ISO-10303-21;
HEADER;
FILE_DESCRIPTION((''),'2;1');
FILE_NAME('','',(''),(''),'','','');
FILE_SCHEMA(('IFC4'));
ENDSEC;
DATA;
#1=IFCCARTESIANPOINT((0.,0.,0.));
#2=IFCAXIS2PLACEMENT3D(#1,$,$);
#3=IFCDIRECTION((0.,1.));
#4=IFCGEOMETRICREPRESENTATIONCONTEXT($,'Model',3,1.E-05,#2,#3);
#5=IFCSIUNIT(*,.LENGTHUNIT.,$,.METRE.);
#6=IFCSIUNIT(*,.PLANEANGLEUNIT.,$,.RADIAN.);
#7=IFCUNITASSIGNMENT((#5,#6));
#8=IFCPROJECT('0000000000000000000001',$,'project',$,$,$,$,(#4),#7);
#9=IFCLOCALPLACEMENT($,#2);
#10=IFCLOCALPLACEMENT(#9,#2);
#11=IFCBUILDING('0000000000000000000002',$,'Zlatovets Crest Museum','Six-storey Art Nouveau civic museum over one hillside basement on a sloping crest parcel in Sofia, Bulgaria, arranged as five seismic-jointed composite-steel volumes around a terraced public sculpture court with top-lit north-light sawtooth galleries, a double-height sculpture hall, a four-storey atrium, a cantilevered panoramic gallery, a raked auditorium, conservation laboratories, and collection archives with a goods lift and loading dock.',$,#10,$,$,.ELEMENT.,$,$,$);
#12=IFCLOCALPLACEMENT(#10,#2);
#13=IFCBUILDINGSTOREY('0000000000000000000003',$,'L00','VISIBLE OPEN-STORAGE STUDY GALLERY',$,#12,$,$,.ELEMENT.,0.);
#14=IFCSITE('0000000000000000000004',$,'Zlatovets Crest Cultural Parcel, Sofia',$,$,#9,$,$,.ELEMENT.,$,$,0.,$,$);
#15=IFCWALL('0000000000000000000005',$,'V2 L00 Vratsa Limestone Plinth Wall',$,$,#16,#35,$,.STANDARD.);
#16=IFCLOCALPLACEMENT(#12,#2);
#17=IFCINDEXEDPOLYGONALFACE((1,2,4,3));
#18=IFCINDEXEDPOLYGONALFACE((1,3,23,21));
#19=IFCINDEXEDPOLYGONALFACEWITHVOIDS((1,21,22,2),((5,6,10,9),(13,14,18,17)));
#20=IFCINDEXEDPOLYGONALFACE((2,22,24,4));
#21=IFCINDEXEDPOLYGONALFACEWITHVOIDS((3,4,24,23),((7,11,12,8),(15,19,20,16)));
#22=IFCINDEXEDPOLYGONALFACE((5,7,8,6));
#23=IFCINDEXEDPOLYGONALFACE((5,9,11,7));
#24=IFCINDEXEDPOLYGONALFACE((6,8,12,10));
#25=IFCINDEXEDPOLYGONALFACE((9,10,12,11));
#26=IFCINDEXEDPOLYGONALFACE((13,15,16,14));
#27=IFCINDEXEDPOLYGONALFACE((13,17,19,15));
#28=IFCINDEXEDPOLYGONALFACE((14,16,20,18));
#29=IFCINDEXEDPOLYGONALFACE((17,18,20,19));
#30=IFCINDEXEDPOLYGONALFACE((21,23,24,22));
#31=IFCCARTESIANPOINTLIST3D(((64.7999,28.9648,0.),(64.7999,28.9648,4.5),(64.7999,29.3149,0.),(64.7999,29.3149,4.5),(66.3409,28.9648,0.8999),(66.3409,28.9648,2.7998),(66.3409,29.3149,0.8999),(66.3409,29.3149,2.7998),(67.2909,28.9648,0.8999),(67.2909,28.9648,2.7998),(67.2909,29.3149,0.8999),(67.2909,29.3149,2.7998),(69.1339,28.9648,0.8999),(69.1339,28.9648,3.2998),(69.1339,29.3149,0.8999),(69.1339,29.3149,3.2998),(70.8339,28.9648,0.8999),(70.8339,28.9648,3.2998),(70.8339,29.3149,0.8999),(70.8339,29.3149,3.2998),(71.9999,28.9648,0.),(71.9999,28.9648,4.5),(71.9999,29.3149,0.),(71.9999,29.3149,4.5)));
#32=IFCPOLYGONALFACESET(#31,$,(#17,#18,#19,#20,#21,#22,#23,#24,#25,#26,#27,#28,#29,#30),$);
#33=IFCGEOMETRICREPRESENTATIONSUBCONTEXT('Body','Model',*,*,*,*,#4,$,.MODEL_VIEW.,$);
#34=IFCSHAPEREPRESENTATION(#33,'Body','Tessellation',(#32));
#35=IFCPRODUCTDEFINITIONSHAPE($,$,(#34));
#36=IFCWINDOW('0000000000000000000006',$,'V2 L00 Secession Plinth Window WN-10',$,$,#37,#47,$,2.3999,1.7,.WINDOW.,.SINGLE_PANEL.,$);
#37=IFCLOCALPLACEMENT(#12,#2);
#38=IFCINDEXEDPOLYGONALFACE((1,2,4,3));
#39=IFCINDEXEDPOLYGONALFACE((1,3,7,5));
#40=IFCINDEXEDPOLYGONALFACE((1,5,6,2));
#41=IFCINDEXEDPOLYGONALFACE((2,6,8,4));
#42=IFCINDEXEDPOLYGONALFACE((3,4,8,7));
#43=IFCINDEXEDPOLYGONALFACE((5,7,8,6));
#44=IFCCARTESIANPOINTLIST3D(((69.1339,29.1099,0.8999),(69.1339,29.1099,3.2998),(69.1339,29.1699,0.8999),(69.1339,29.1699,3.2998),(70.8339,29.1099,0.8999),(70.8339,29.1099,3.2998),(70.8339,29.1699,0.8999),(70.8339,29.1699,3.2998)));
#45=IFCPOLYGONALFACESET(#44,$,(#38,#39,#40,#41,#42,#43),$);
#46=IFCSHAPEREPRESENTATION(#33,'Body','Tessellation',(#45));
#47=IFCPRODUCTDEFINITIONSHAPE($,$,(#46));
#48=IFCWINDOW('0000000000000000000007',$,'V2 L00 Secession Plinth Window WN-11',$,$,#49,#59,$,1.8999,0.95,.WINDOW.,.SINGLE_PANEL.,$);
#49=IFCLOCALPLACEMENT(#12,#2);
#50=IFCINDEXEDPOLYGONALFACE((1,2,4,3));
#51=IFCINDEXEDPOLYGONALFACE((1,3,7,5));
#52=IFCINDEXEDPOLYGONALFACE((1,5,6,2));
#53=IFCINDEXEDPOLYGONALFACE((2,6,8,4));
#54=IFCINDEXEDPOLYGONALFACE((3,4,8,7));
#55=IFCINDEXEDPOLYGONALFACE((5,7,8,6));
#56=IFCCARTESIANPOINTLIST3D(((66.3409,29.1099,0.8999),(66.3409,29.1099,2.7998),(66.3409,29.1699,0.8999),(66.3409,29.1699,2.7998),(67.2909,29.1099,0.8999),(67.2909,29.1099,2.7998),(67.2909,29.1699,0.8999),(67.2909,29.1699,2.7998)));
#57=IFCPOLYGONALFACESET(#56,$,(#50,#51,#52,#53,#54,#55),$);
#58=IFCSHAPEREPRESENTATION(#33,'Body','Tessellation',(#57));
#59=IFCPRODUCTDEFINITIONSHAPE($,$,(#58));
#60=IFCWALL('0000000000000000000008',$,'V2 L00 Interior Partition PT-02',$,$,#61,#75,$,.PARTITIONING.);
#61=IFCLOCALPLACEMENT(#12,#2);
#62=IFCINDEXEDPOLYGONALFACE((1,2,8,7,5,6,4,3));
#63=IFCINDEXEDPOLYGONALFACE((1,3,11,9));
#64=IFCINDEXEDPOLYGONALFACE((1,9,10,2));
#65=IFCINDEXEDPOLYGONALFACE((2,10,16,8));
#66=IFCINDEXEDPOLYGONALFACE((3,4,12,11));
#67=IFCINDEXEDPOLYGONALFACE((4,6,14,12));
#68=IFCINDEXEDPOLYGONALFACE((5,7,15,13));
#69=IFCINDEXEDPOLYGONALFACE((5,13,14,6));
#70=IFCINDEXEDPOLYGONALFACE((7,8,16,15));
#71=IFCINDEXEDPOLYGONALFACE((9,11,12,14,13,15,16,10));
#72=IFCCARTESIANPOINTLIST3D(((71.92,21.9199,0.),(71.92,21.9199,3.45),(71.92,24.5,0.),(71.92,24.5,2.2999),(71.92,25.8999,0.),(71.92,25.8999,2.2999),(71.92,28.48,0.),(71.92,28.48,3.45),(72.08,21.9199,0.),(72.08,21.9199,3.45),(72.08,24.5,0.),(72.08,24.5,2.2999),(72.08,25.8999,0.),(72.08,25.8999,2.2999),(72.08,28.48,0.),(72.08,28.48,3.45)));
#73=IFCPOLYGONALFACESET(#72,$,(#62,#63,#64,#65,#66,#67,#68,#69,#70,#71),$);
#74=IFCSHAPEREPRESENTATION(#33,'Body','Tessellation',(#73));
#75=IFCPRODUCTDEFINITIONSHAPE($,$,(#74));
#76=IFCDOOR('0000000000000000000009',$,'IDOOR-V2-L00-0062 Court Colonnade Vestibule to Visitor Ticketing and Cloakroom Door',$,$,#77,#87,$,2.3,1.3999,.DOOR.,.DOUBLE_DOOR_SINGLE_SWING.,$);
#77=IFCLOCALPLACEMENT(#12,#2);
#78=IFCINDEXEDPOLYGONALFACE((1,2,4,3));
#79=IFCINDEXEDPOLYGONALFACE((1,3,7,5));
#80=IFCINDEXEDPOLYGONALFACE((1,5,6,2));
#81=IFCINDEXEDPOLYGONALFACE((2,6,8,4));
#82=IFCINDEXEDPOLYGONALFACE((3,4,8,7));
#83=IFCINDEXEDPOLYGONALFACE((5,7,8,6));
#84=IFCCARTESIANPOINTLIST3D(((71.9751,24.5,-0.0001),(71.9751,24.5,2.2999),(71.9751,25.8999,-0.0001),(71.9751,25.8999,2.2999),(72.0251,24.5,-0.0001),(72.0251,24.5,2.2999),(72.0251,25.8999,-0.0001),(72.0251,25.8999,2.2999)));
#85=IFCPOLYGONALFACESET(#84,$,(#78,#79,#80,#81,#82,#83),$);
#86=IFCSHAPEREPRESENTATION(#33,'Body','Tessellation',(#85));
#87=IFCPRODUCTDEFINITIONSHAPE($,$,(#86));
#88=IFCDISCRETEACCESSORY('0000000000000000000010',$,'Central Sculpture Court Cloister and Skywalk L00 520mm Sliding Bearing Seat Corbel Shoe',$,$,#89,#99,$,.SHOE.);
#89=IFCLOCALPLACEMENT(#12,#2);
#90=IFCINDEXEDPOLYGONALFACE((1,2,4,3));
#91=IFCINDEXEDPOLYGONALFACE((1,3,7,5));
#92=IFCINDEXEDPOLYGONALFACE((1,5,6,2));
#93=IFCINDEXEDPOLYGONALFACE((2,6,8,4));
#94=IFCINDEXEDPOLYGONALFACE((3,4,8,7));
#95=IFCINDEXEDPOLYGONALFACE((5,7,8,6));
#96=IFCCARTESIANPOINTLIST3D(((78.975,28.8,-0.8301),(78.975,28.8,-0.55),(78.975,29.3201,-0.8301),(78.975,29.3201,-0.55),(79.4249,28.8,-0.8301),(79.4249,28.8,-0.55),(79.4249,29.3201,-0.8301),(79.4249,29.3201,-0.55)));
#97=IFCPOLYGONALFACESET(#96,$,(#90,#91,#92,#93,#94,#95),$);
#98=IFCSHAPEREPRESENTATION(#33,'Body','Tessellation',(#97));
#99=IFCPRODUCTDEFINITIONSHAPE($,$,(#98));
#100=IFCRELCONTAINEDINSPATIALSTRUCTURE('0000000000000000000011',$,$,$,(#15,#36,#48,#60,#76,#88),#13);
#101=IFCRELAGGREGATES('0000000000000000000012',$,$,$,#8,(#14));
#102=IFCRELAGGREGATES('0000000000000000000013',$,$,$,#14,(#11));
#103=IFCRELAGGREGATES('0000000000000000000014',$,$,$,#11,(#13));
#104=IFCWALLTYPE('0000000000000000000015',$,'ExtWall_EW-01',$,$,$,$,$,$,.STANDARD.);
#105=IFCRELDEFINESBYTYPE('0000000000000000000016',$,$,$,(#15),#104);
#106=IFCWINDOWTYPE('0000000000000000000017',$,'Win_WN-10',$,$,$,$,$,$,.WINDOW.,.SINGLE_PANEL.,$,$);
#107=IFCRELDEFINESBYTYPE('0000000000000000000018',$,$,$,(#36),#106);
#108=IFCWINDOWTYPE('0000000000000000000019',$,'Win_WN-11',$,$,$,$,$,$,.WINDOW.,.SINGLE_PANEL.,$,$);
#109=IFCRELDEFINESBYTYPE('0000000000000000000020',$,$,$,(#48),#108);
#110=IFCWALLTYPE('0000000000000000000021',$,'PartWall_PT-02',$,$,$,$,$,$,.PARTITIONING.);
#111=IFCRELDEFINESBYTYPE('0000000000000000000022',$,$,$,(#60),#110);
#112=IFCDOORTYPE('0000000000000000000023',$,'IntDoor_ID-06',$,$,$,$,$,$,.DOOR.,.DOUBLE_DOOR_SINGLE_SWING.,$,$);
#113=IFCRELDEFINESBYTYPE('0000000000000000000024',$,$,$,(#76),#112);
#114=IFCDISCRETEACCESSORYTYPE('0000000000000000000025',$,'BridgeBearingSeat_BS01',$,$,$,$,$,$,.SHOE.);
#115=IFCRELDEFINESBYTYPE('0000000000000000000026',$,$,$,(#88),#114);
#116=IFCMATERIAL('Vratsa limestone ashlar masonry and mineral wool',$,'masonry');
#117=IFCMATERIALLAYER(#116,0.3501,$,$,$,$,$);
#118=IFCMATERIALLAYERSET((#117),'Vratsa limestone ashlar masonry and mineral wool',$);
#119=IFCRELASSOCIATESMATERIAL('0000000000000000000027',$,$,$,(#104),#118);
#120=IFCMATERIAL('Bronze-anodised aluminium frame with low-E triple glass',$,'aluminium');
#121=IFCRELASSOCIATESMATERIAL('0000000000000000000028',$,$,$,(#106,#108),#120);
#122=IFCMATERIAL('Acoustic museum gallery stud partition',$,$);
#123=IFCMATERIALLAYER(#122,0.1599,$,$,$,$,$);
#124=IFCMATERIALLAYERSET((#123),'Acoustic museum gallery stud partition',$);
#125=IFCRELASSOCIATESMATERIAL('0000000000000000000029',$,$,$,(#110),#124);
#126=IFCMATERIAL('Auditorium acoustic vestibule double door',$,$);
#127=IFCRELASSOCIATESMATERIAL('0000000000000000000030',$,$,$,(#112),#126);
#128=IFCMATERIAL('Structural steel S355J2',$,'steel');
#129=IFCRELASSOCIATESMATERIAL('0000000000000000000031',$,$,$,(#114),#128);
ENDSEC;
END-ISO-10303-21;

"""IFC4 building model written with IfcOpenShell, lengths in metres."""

from ifc_helpers import new_model, si_unit, direction, frame, frame_2d, origin, origin_2d, place, context, subcontext, project, spatial, rectangle, extrude, material, layer, layer_set, type_object, element, fill, save


model = new_model("IFC4")

# Units and contexts
model_context = context("Model", 3, precision=1e-05, world=origin(), true_north=direction((0.0, 1.0)))
body_context = subcontext(model_context, "Body", "Model", "MODEL_VIEW")
ifc_project = project(units=[si_unit("LENGTHUNIT", "METRE"), si_unit("PLANEANGLEUNIT", "RADIAN")], contexts=[model_context])

# Site, building, storey
site_placement = place(None, origin())
site = spatial("IfcSite", under=ifc_project, at=site_placement, Name="Zlatovets Crest Cultural Parcel, Sofia", CompositionType="ELEMENT", RefElevation=0.0)
building_placement = place(site_placement, origin())
building = spatial("IfcBuilding", under=site, at=building_placement, Name="Zlatovets Crest Museum", Description="Six-storey Art Nouveau civic museum over one hillside basement on a sloping crest parcel in Sofia, Bulgaria, arranged as five seismic-jointed composite-steel volumes around a terraced public sculpture court with top-lit north-light sawtooth galleries, a double-height sculpture hall, a four-storey atrium, a cantilevered panoramic gallery, a raked auditorium, conservation laboratories, and collection archives with a goods lift and loading dock.", CompositionType="ELEMENT")
storey_placement = place(building_placement, origin())
storey = spatial("IfcBuildingStorey", under=building, at=storey_placement, Name="L00", Description="VISIBLE OPEN-STORAGE STUDY GALLERY", CompositionType="ELEMENT", Elevation=0.0)

# Shared definitions
ifc_material_1 = material(Name="Structural steel S355J2", Category="steel")

# Wall, openings, windows
ifc_material_2 = material(Name="Vratsa limestone ashlar masonry and mineral wool", Category="masonry")
ifc_layer_1 = layer(ifc_material_2, 0.3501)
ifc_layer_set_1 = layer_set([ifc_layer_1], Name="Vratsa limestone ashlar masonry and mineral wool")
wall_type_1 = type_object("IfcWallType", Name="ExtWall_EW-01", PredefinedType="STANDARD", material=ifc_layer_set_1)
wall_1_placement = place(storey_placement, frame((72.0, 29.1399, 0.0), z_axis=(0.0, 0.0, 1.0), x_axis=(-1.0, 0.0, 0.0)))
wall_1 = element("IfcWall", 1, at=wall_1_placement, inside=storey, type_object=wall_type_1, Name="V2 L00 Vratsa Limestone Plinth Wall", PredefinedType="STANDARD", context=body_context, shape_type="SweptSolid", body=[
    extrude(rectangle(XDim=7.2, YDim=0.3501, at=frame_2d((3.6001, 0.0))), origin(), (0.0, 0.0, 1.0), 4.5),
])
opening_1_placement = place(wall_1_placement, frame((1.166, 0.0, 0.8999)))
opening_1 = element("IfcOpeningElement", 2, at=opening_1_placement, cuts=wall_1, PredefinedType="OPENING", context=body_context, shape_type="SweptSolid", body=[
    extrude(rectangle(XDim=1.7, YDim=2.3999, at=frame_2d((0.8501, 1.2))), frame((0.0, 0.1851, 0.0), z_axis=(0.0, -1.0, 0.0), x_axis=(1.0, 0.0, 0.0)), (0.0, 0.0, 1.0), 0.3701),
])
opening_2_placement = place(wall_1_placement, frame((4.709, 0.0, 0.8999)))
opening_2 = element("IfcOpeningElement", 3, at=opening_2_placement, cuts=wall_1, PredefinedType="OPENING", context=body_context, shape_type="SweptSolid", body=[
    extrude(rectangle(XDim=0.95, YDim=1.8999, at=frame_2d((0.4751, 0.95))), frame((0.0, 0.1851, 0.0), z_axis=(0.0, -1.0, 0.0), x_axis=(1.0, 0.0, 0.0)), (0.0, 0.0, 1.0), 0.3701),
])
ifc_material_3 = material(Name="Bronze-anodised aluminium frame with low-E triple glass", Category="aluminium")
window_type_1 = type_object("IfcWindowType", Name="Win_WN-10", PartitioningType="SINGLE_PANEL", PredefinedType="WINDOW", material=ifc_material_3)
window_1_placement = place(opening_1_placement, origin())
window_1 = element("IfcWindow", 4, at=window_1_placement, inside=storey, type_object=window_type_1, Name="V2 L00 Secession Plinth Window WN-10", OverallHeight=2.3999, OverallWidth=1.7, PartitioningType="SINGLE_PANEL", PredefinedType="WINDOW", context=body_context, shape_type="SweptSolid", body=[
    extrude(rectangle(XDim=1.7, YDim=2.3999, at=frame_2d((0.8501, 1.2))), frame((0.0, 0.03, 0.0), z_axis=(0.0, -1.0, 0.0), x_axis=(1.0, 0.0, 0.0)), (0.0, 0.0, 1.0), 0.0601),
])
fill(opening_1, window_1)
window_type_2 = type_object("IfcWindowType", Name="Win_WN-11", PartitioningType="SINGLE_PANEL", PredefinedType="WINDOW", material=ifc_material_3)
window_2_placement = place(opening_2_placement, origin())
window_2 = element("IfcWindow", 5, at=window_2_placement, inside=storey, type_object=window_type_2, Name="V2 L00 Secession Plinth Window WN-11", OverallHeight=1.8999, OverallWidth=0.95, PartitioningType="SINGLE_PANEL", PredefinedType="WINDOW", context=body_context, shape_type="SweptSolid", body=[
    extrude(rectangle(XDim=0.95, YDim=1.8999, at=frame_2d((0.4751, 0.95))), frame((0.0, 0.03, 0.0), z_axis=(0.0, -1.0, 0.0), x_axis=(1.0, 0.0, 0.0)), (0.0, 0.0, 1.0), 0.0601),
])
fill(opening_2, window_2)

# Wall, opening, door
ifc_material_4 = material(Name="Acoustic museum gallery stud partition")
ifc_layer_2 = layer(ifc_material_4, 0.1599)
ifc_layer_set_2 = layer_set([ifc_layer_2], Name="Acoustic museum gallery stud partition")
wall_type_2 = type_object("IfcWallType", Name="PartWall_PT-02", PredefinedType="PARTITIONING", material=ifc_layer_set_2)
wall_2_placement = place(storey_placement, frame((72.0, 21.9199, 0.0), z_axis=(0.0, 0.0, 1.0), x_axis=(0.0, 1.0, 0.0)))
wall_2 = element("IfcWall", 6, at=wall_2_placement, inside=storey, type_object=wall_type_2, Name="V2 L00 Interior Partition PT-02", PredefinedType="PARTITIONING", context=body_context, shape_type="SweptSolid", body=[
    extrude(rectangle(XDim=6.5601, YDim=0.1599, at=frame_2d((3.28, 0.0))), origin(), (0.0, 0.0, 1.0), 3.45),
])
opening_3_placement = place(wall_2_placement, frame((2.5801, 0.0, 0.0)))
opening_3 = element("IfcOpeningElement", 7, at=opening_3_placement, cuts=wall_2, PredefinedType="OPENING", context=body_context, shape_type="SweptSolid", body=[
    extrude(rectangle(XDim=1.3999, YDim=2.3, at=frame_2d((0.7, 1.1499))), frame((0.0, 0.0898, 0.0), z_axis=(0.0, -1.0, 0.0), x_axis=(1.0, 0.0, 0.0)), (0.0, 0.0, 1.0), 0.1799),
])
ifc_material_5 = material(Name="Auditorium acoustic vestibule double door")
door_type = type_object("IfcDoorType", Name="IntDoor_ID-06", OperationType="DOUBLE_DOOR_SINGLE_SWING", PredefinedType="DOOR", material=ifc_material_5)
door_placement = place(opening_3_placement, origin())
door = element("IfcDoor", 8, at=door_placement, inside=storey, type_object=door_type, Name="IDOOR-V2-L00-0062 Court Colonnade Vestibule to Visitor Ticketing and Cloakroom Door", OperationType="DOUBLE_DOOR_SINGLE_SWING", OverallHeight=2.3, OverallWidth=1.3999, PredefinedType="DOOR", context=body_context, shape_type="SweptSolid", body=[
    extrude(rectangle(XDim=1.3999, YDim=2.3, at=frame_2d((0.7, 1.1499))), frame((0.0, 0.0249, 0.0), z_axis=(0.0, -1.0, 0.0), x_axis=(1.0, 0.0, 0.0)), (0.0, 0.0, 1.0), 0.05),
])
fill(opening_3, door)

# Discrete accessory
discrete_accessory_type = type_object("IfcDiscreteAccessoryType", Name="BridgeBearingSeat_BS01", PredefinedType="SHOE", material=ifc_material_1)
discrete_accessory_placement = place(storey_placement, frame((79.2, 29.0601, -0.8301), z_axis=(0.0, 0.0, 1.0), x_axis=(1.0, 0.0, 0.0)))
element("IfcDiscreteAccessory", 9, at=discrete_accessory_placement, inside=storey, type_object=discrete_accessory_type, Name="Central Sculpture Court Cloister and Skywalk L00 520mm Sliding Bearing Seat Corbel Shoe", PredefinedType="SHOE", context=body_context, shape_type="SweptSolid", body=[
    extrude(rectangle(XDim=0.45, YDim=0.52, at=origin_2d()), origin(), (0.0, 0.0, 1.0), 0.28),
])

save(model, "model.ifc")
